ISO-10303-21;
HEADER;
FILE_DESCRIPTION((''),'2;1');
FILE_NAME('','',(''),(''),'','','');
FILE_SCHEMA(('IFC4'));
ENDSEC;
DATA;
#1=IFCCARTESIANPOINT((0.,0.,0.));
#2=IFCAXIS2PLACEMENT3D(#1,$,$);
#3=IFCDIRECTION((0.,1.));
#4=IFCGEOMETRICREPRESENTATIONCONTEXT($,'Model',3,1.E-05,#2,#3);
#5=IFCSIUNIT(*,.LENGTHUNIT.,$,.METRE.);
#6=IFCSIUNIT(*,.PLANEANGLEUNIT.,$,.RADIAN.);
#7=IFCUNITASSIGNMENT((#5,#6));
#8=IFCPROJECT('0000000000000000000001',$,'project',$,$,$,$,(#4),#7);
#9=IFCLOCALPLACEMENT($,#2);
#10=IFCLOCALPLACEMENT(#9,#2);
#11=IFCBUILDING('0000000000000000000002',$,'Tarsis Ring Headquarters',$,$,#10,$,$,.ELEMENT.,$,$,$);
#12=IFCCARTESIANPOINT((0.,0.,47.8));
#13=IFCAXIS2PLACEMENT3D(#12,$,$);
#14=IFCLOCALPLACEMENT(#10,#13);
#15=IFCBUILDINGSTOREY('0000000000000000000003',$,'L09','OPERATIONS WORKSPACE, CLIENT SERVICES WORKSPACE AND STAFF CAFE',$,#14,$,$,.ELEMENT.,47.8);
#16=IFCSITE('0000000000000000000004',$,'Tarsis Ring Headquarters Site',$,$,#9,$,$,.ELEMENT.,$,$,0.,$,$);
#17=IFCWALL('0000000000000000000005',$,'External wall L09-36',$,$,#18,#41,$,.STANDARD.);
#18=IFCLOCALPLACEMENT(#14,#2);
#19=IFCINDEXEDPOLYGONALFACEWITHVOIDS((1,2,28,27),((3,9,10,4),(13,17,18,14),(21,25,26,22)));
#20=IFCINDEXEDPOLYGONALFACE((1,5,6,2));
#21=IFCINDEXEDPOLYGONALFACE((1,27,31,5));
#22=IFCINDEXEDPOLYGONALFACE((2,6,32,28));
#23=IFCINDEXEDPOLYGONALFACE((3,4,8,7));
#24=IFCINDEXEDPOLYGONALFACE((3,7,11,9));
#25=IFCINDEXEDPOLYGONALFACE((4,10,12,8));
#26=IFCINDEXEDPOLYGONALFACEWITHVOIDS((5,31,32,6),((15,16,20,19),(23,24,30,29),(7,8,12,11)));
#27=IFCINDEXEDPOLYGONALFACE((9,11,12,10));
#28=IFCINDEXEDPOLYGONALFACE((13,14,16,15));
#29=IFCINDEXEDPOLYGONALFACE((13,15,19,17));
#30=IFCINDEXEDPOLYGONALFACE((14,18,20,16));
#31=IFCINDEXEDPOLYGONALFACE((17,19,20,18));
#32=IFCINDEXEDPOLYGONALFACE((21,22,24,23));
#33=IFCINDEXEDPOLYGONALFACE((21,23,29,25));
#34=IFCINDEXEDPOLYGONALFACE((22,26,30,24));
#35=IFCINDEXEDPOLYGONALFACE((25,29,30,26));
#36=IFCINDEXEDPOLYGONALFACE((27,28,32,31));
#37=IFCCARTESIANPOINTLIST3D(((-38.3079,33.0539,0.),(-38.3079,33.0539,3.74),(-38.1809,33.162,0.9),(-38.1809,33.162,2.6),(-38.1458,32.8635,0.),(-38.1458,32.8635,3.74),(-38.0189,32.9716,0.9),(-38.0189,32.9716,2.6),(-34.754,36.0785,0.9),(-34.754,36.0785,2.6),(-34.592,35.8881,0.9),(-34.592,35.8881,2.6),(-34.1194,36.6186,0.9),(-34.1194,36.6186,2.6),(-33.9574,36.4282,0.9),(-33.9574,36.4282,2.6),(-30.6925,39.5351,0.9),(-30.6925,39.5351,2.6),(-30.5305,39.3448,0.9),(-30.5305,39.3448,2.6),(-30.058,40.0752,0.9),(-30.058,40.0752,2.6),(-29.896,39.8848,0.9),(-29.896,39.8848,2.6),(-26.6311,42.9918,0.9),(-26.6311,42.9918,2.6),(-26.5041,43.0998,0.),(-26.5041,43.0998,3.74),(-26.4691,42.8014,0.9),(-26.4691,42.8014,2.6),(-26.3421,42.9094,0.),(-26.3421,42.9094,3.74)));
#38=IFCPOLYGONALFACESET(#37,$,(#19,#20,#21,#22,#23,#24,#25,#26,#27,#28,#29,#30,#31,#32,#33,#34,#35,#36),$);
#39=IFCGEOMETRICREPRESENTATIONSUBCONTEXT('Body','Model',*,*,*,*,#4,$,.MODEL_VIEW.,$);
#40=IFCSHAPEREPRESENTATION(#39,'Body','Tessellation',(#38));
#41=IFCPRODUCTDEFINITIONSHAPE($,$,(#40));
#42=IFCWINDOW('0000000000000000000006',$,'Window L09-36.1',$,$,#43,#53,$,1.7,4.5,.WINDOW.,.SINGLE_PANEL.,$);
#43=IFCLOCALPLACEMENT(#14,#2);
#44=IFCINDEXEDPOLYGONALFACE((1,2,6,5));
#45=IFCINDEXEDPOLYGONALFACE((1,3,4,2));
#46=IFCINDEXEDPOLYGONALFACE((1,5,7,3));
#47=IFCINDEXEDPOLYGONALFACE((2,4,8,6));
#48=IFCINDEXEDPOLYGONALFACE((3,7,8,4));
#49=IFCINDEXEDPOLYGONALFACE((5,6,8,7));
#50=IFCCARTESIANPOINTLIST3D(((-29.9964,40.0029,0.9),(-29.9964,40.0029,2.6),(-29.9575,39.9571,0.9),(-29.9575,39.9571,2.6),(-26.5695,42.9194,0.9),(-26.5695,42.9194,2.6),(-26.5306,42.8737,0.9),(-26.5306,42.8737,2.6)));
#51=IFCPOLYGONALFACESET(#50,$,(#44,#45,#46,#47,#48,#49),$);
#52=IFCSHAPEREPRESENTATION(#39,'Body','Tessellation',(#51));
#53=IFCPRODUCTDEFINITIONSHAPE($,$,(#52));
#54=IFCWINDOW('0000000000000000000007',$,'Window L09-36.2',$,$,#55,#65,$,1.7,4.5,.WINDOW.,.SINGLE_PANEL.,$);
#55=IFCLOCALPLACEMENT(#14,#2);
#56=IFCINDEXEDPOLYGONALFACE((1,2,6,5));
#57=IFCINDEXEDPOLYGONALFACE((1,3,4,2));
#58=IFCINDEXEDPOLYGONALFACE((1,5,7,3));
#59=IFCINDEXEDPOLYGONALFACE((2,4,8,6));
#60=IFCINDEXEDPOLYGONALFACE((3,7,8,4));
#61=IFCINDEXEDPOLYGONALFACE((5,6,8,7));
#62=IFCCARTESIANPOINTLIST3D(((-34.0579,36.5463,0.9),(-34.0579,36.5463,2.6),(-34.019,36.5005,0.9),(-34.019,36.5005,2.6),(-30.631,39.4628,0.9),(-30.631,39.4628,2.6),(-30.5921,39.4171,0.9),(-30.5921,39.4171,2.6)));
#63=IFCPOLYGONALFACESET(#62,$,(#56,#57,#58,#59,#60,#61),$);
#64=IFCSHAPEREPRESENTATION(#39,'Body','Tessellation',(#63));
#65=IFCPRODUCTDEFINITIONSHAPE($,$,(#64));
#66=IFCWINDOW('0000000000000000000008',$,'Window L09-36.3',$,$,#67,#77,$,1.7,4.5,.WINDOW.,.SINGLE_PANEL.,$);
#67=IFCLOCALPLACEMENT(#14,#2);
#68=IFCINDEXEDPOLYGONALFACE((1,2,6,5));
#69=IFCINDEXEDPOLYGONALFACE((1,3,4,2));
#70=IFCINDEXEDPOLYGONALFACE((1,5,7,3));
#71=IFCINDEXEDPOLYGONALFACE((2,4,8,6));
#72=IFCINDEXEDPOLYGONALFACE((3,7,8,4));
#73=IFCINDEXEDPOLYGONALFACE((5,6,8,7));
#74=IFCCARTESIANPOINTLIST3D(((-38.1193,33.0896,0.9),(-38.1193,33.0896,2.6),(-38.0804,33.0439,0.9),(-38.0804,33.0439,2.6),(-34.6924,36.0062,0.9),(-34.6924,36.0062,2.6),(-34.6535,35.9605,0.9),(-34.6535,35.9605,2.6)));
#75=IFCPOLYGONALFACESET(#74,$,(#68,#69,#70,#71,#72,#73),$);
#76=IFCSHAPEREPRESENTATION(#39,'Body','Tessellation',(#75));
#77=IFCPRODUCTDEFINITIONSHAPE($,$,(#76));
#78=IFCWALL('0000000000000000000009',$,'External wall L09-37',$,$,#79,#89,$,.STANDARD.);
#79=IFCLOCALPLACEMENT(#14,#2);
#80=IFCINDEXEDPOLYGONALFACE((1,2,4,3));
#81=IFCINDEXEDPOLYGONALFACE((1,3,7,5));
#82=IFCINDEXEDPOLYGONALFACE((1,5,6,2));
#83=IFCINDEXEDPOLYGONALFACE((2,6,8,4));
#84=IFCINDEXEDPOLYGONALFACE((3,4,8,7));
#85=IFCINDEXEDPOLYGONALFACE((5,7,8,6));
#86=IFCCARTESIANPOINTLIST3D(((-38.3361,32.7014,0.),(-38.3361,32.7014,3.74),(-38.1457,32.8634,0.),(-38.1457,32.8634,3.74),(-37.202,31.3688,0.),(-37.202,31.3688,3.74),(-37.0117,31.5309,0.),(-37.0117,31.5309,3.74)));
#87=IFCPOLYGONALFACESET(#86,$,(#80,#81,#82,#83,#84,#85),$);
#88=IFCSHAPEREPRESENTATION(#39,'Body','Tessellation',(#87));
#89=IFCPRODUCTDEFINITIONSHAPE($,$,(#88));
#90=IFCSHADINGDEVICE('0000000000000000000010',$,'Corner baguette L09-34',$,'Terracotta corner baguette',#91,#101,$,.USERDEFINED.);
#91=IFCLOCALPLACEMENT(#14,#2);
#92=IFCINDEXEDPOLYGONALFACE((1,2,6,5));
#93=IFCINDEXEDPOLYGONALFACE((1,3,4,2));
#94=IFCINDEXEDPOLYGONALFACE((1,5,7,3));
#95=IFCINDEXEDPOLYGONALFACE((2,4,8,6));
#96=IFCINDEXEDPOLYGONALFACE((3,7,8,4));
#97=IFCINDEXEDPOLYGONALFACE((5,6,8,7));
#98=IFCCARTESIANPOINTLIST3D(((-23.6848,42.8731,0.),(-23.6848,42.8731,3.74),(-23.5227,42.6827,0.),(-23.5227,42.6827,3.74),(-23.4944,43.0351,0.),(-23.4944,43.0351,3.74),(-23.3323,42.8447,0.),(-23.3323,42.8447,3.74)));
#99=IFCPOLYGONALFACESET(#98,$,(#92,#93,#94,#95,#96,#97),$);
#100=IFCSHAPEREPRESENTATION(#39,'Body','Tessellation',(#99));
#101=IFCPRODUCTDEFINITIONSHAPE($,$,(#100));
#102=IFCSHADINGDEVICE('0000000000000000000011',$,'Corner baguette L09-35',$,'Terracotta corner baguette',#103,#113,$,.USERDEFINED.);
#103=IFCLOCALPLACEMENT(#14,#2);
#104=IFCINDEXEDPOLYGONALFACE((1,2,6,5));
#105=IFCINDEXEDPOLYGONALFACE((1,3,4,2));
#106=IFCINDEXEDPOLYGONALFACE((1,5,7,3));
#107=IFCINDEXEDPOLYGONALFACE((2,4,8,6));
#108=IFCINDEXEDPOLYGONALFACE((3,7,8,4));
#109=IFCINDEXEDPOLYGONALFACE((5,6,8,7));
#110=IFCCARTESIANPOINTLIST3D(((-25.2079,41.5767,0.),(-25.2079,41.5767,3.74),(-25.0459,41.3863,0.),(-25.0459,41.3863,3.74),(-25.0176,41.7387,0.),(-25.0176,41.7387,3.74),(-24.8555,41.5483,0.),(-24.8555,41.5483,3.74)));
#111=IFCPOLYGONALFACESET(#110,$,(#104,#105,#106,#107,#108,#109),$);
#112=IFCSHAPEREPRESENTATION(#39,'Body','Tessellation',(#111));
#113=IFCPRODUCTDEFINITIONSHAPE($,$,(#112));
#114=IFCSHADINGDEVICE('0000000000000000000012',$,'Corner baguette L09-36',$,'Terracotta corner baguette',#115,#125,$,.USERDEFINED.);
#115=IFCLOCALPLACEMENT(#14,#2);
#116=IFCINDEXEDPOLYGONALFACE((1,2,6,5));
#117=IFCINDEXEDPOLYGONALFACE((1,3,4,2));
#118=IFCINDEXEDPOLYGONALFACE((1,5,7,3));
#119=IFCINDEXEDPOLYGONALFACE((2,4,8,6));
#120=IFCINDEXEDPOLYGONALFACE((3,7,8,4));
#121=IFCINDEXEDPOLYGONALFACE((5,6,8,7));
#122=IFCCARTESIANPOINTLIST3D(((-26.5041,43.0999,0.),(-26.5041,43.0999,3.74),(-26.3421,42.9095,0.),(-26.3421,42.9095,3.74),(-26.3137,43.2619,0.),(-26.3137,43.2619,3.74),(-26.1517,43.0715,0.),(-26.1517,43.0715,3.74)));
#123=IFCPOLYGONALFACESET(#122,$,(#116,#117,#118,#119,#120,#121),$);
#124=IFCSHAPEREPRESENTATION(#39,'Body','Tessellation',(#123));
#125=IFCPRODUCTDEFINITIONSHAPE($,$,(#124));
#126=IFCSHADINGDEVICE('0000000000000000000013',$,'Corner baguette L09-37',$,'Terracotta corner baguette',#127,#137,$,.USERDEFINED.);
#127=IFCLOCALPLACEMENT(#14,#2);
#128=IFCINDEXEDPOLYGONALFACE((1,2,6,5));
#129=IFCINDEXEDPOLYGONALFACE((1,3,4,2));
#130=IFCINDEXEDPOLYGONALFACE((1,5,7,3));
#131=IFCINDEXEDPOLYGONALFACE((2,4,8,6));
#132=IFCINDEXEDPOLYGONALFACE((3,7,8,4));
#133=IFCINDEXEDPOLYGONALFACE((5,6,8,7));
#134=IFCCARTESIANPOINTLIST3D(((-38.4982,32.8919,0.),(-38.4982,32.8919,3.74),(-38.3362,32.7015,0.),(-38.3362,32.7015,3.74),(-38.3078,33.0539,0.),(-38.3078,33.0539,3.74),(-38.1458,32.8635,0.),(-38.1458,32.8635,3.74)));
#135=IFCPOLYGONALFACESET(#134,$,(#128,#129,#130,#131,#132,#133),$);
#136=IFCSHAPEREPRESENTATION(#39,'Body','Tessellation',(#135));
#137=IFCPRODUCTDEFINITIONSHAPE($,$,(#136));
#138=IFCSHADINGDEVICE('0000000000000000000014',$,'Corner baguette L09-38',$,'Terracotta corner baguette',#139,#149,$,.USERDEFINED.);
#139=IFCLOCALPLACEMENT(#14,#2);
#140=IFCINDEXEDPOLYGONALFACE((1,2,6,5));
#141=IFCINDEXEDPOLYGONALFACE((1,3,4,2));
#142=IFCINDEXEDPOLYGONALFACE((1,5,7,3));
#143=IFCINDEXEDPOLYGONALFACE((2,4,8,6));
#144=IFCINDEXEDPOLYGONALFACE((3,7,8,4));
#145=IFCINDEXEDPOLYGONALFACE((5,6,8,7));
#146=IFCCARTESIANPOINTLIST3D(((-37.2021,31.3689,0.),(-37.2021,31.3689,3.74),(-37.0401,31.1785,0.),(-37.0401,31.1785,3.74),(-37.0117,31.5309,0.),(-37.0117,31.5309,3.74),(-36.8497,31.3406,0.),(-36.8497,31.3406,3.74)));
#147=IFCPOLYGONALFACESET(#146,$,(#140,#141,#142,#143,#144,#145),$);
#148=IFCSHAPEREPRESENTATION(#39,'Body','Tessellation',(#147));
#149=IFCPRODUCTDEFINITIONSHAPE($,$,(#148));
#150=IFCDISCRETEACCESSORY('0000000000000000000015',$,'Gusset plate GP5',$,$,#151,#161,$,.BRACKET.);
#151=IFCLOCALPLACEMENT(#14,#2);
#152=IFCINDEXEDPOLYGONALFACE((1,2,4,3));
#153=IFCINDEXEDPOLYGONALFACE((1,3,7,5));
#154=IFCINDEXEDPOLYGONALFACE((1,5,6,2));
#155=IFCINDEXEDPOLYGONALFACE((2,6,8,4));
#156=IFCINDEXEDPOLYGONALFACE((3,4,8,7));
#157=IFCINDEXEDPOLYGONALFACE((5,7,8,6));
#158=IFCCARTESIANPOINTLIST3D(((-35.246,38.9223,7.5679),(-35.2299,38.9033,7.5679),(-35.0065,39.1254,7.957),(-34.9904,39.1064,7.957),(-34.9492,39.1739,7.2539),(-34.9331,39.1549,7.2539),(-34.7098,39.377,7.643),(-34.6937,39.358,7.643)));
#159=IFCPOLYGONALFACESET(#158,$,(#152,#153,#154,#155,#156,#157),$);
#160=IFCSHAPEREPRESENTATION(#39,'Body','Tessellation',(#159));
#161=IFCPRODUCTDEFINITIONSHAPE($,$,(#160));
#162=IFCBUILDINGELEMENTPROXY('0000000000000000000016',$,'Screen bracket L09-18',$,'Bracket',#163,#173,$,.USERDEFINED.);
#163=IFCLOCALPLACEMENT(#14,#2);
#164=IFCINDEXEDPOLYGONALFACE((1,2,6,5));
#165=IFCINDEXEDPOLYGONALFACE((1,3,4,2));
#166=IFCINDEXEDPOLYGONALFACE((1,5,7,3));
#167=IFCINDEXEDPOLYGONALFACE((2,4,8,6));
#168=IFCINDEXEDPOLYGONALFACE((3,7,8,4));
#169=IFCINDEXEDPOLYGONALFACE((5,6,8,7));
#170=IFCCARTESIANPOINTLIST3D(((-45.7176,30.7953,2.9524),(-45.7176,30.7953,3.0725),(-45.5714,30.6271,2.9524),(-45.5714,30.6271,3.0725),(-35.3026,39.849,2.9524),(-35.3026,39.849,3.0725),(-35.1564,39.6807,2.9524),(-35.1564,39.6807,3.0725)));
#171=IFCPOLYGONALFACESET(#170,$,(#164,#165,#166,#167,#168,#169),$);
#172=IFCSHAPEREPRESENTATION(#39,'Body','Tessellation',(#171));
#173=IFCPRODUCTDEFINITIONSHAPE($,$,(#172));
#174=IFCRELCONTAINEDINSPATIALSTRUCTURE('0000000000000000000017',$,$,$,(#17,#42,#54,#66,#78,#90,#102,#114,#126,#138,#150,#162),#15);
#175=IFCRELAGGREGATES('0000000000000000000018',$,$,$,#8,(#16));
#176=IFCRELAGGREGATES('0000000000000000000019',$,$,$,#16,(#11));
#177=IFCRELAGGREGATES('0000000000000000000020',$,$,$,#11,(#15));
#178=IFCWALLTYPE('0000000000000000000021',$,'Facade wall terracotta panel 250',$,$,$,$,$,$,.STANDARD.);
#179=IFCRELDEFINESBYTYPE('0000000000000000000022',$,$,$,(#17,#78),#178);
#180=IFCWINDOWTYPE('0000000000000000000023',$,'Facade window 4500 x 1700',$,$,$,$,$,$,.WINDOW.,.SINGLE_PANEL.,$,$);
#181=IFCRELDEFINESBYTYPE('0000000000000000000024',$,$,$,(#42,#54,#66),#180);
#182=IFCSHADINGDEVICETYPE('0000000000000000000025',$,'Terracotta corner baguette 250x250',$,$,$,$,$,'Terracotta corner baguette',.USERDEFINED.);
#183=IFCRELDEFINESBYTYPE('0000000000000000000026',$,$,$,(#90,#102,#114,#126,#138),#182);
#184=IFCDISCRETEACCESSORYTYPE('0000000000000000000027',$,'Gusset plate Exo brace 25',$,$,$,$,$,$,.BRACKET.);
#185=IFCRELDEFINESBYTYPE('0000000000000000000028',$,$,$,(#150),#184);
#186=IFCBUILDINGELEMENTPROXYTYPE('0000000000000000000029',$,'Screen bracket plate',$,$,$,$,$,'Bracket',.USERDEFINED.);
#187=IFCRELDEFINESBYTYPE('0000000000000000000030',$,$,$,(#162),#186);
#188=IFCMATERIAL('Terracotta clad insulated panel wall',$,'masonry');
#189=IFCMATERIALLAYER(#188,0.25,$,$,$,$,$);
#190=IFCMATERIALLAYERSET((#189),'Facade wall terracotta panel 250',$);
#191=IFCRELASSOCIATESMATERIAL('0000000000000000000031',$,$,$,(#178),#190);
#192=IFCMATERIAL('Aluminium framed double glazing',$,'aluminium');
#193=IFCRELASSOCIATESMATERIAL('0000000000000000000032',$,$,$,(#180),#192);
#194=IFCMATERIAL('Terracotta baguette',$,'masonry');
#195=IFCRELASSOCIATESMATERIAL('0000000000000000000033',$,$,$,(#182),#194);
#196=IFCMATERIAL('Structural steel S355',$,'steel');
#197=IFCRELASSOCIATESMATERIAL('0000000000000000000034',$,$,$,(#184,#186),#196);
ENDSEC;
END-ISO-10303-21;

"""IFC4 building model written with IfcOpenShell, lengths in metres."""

from ifc_helpers import new_model, si_unit, direction, frame, frame_2d, origin, origin_2d, place, context, subcontext, project, spatial, rectangle, extrude, material, layer, layer_set, material_profile, profile_set, type_object, element, fill, save


model = new_model("IFC4")

# Units and contexts
model_context = context("Model", 3, precision=1e-05, world=origin(), true_north=direction((0.0, 1.0)))
body_context = subcontext(model_context, "Body", "Model", "MODEL_VIEW")
ifc_project = project(units=[si_unit("LENGTHUNIT", "METRE"), si_unit("PLANEANGLEUNIT", "RADIAN")], contexts=[model_context])

# Site, building, storey
site_placement = place(None, origin())
site = spatial("IfcSite", under=ifc_project, at=site_placement, Name="Tarsis Ring Headquarters Site", CompositionType="ELEMENT", RefElevation=0.0)
building_placement = place(site_placement, origin())
building = spatial("IfcBuilding", under=site, at=building_placement, Name="Tarsis Ring Headquarters", CompositionType="ELEMENT")
storey_placement = place(building_placement, frame((0.0, 0.0, 47.8)))
storey = spatial("IfcBuildingStorey", under=building, at=storey_placement, Name="L09", Description="OPERATIONS WORKSPACE, CLIENT SERVICES WORKSPACE AND STAFF CAFE", CompositionType="ELEMENT", Elevation=47.8)

# Shared definitions
ifc_material_1 = material(Name="Structural steel S355", Category="steel")

# Shared definitions
ifc_material_2 = material(Name="Terracotta clad insulated panel wall", Category="masonry")
ifc_layer_1 = layer(ifc_material_2, 0.25)
ifc_layer_set_1 = layer_set([ifc_layer_1], Name="Facade wall terracotta panel 250")
wall_type_1 = type_object("IfcWallType", Name="Facade wall terracotta panel 250", PredefinedType="STANDARD", material=ifc_layer_set_1)

# Wall, openings, windows
wall_1_placement = place(storey_placement, frame((-26.4231, 43.0046, 0.0), z_axis=(0.0, 0.0, 1.0), x_axis=(-0.761533, -0.648126, 0.0)))
wall_1 = element("IfcWall", 1, at=wall_1_placement, inside=storey, type_object=wall_type_1, Name="External wall L09-36", PredefinedType="STANDARD", context=body_context, shape_type="SweptSolid", body=[
    extrude(rectangle(XDim=15.5, YDim=0.25, at=frame_2d((7.75, 0.0))), origin(), (0.0, 0.0, 1.0), 3.74),
])
opening_1_placement = place(wall_1_placement, frame((0.1667, 0.0, 0.8999)))
opening_1 = element("IfcOpeningElement", 2, at=opening_1_placement, cuts=wall_1, PredefinedType="OPENING", context=body_context, shape_type="SweptSolid", body=[
    extrude(rectangle(XDim=4.5, YDim=1.7, at=frame_2d((2.25, 0.8501))), frame((0.0, 0.135, 0.0), z_axis=(0.0, -1.0, 0.0), x_axis=(1.0, 0.0, 0.0)), (0.0, 0.0, 1.0), 0.27),
])
opening_2_placement = place(wall_1_placement, frame((5.5, 0.0, 0.8999)))
opening_2 = element("IfcOpeningElement", 3, at=opening_2_placement, cuts=wall_1, PredefinedType="OPENING", context=body_context, shape_type="SweptSolid", body=[
    extrude(rectangle(XDim=4.5, YDim=1.7, at=frame_2d((2.25, 0.8501))), frame((0.0, 0.135, 0.0), z_axis=(0.0, -1.0, 0.0), x_axis=(1.0, 0.0, 0.0)), (0.0, 0.0, 1.0), 0.27),
])
opening_3_placement = place(wall_1_placement, frame((10.8333, 0.0, 0.8999)))
opening_3 = element("IfcOpeningElement", 4, at=opening_3_placement, cuts=wall_1, PredefinedType="OPENING", context=body_context, shape_type="SweptSolid", body=[
    extrude(rectangle(XDim=4.5, YDim=1.7, at=frame_2d((2.25, 0.8501))), frame((0.0, 0.135, 0.0), z_axis=(0.0, -1.0, 0.0), x_axis=(1.0, 0.0, 0.0)), (0.0, 0.0, 1.0), 0.27),
])
ifc_material_3 = material(Name="Aluminium framed double glazing", Category="aluminium")
window_type = type_object("IfcWindowType", Name="Facade window 4500 x 1700", PartitioningType="SINGLE_PANEL", PredefinedType="WINDOW", material=ifc_material_3)
window_1_placement = place(opening_1_placement, origin())
window_1 = element("IfcWindow", 5, at=window_1_placement, inside=storey, type_object=window_type, Name="Window L09-36.1", OverallHeight=1.7, OverallWidth=4.5, PartitioningType="SINGLE_PANEL", PredefinedType="WINDOW", context=body_context, shape_type="SweptSolid", body=[
    extrude(rectangle(XDim=4.5, YDim=1.7, at=frame_2d((2.25, 0.8501))), frame((0.0, 0.03, 0.0), z_axis=(0.0, -1.0, 0.0), x_axis=(1.0, 0.0, 0.0)), (0.0, 0.0, 1.0), 0.0601),
])
fill(opening_1, window_1)
window_2_placement = place(opening_2_placement, origin())
window_2 = element("IfcWindow", 6, at=window_2_placement, inside=storey, type_object=window_type, Name="Window L09-36.2", OverallHeight=1.7, OverallWidth=4.5, PartitioningType="SINGLE_PANEL", PredefinedType="WINDOW", context=body_context, shape_type="SweptSolid", body=[
    extrude(rectangle(XDim=4.5, YDim=1.7, at=frame_2d((2.25, 0.8501))), frame((0.0, 0.03, 0.0), z_axis=(0.0, -1.0, 0.0), x_axis=(1.0, 0.0, 0.0)), (0.0, 0.0, 1.0), 0.0601),
])
fill(opening_2, window_2)
window_3_placement = place(opening_3_placement, origin())
window_3 = element("IfcWindow", 7, at=window_3_placement, inside=storey, type_object=window_type, Name="Window L09-36.3", OverallHeight=1.7, OverallWidth=4.5, PartitioningType="SINGLE_PANEL", PredefinedType="WINDOW", context=body_context, shape_type="SweptSolid", body=[
    extrude(rectangle(XDim=4.5, YDim=1.7, at=frame_2d((2.25, 0.8501))), frame((0.0, 0.03, 0.0), z_axis=(0.0, -1.0, 0.0), x_axis=(1.0, 0.0, 0.0)), (0.0, 0.0, 1.0), 0.0601),
])
fill(opening_3, window_3)

# Wall
wall_2_placement = place(storey_placement, frame((-38.241, 32.7825, 0.0), z_axis=(0.0, 0.0, 1.0), x_axis=(0.64811, -0.761547, 0.0)))
element("IfcWall", 8, at=wall_2_placement, inside=storey, type_object=wall_type_1, Name="External wall L09-37", PredefinedType="STANDARD", context=body_context, shape_type="SweptSolid", body=[
    extrude(rectangle(XDim=1.7498, YDim=0.25, at=frame_2d((0.875, 0.0))), origin(), (0.0, 0.0, 1.0), 3.74),
])

# Shading devices
ifc_material_4 = material(Name="Terracotta baguette", Category="masonry")
shading_device_type_1 = type_object("IfcShadingDeviceType", Name="Terracotta corner baguette 250x250", ElementType="Terracotta corner baguette", PredefinedType="USERDEFINED", material=ifc_material_4)
for number, where, z_axis, x_axis, name in (
    (9, (-23.5085, 42.8589, 0.0), (0.0, 0.0, 1.0), (-0.64812, 0.761538, 0.0), "Corner baguette L09-34"),
    (10, (-25.0317, 41.5625, 0.0), (0.0, 0.0, 1.0), (-0.761538, -0.64812, 0.0), "Corner baguette L09-35"),
    (11, (-26.3279, 43.0857, 0.0), (0.0, 0.0, 1.0), (-0.64812, 0.761538, 0.0), "Corner baguette L09-36"),
    (12, (-38.322, 32.8777, 0.0), (0.0, 0.0, 1.0), (-0.761538, -0.64812, 0.0), "Corner baguette L09-37"),
    (13, (-37.0259, 31.3547, 0.0), (0.0, 0.0, 1.0), (0.64812, -0.761538, 0.0), "Corner baguette L09-38"),
):
    element("IfcShadingDevice", number, at=place(storey_placement, frame(where, z_axis=z_axis, x_axis=x_axis)), inside=storey, type_object=shading_device_type_1, Name=name, ObjectType="Terracotta corner baguette", PredefinedType="USERDEFINED", context=body_context, shape_type="SweptSolid", body=[
        extrude(rectangle(XDim=0.25, YDim=0.25, at=origin_2d()), origin(), (0.0, 0.0, 1.0), 3.74),
    ])

# Discrete accessory
ifc_material_profile_1 = material_profile(ifc_material_1, rectangle(XDim=0.0249, YDim=0.5, at=origin_2d()), Name="PL 25x500")
ifc_profile_set_1 = profile_set([ifc_material_profile_1], Name="Structural steel S355")
discrete_accessory_type = type_object("IfcDiscreteAccessoryType", Name="Gusset plate Exo brace 25", PredefinedType="BRACKET", material=ifc_profile_set_1)
discrete_accessory_placement = place(storey_placement, frame((-34.8501, 39.2417, 7.8), z_axis=(-0.47894, -0.406196, -0.778217), x_axis=(0.646813, -0.762649, 0.0)))
element("IfcDiscreteAccessory", 14, at=discrete_accessory_placement, inside=storey, type_object=discrete_accessory_type, Name="Gusset plate GP5", PredefinedType="BRACKET", context=body_context, shape_type="SweptSolid", body=[
    extrude(rectangle(XDim=0.0249, YDim=0.5, at=origin_2d()), origin(), (0.0, 0.0, 1.0), 0.5),
])

# Building element proxy
building_element_proxy_type = type_object("IfcBuildingElementProxyType", Name="Screen bracket plate", ElementType="Bracket", PredefinedType="USERDEFINED", material=ifc_material_1)
proxy_placement = place(storey_placement, frame((-40.437, 35.238, 2.9524), z_axis=(0.0, 0.0, 1.0), x_axis=(-0.75471, -0.656059, 0.0)))
element("IfcBuildingElementProxy", 15, at=proxy_placement, inside=storey, type_object=building_element_proxy_type, Name="Screen bracket L09-18", ObjectType="Bracket", PredefinedType="USERDEFINED", context=body_context, shape_type="SweptSolid", body=[
    extrude(rectangle(XDim=13.8, YDim=0.2229, at=origin_2d()), origin(), (0.0, 0.0, 1.0), 0.1201),
])

save(model, "model.ifc")
